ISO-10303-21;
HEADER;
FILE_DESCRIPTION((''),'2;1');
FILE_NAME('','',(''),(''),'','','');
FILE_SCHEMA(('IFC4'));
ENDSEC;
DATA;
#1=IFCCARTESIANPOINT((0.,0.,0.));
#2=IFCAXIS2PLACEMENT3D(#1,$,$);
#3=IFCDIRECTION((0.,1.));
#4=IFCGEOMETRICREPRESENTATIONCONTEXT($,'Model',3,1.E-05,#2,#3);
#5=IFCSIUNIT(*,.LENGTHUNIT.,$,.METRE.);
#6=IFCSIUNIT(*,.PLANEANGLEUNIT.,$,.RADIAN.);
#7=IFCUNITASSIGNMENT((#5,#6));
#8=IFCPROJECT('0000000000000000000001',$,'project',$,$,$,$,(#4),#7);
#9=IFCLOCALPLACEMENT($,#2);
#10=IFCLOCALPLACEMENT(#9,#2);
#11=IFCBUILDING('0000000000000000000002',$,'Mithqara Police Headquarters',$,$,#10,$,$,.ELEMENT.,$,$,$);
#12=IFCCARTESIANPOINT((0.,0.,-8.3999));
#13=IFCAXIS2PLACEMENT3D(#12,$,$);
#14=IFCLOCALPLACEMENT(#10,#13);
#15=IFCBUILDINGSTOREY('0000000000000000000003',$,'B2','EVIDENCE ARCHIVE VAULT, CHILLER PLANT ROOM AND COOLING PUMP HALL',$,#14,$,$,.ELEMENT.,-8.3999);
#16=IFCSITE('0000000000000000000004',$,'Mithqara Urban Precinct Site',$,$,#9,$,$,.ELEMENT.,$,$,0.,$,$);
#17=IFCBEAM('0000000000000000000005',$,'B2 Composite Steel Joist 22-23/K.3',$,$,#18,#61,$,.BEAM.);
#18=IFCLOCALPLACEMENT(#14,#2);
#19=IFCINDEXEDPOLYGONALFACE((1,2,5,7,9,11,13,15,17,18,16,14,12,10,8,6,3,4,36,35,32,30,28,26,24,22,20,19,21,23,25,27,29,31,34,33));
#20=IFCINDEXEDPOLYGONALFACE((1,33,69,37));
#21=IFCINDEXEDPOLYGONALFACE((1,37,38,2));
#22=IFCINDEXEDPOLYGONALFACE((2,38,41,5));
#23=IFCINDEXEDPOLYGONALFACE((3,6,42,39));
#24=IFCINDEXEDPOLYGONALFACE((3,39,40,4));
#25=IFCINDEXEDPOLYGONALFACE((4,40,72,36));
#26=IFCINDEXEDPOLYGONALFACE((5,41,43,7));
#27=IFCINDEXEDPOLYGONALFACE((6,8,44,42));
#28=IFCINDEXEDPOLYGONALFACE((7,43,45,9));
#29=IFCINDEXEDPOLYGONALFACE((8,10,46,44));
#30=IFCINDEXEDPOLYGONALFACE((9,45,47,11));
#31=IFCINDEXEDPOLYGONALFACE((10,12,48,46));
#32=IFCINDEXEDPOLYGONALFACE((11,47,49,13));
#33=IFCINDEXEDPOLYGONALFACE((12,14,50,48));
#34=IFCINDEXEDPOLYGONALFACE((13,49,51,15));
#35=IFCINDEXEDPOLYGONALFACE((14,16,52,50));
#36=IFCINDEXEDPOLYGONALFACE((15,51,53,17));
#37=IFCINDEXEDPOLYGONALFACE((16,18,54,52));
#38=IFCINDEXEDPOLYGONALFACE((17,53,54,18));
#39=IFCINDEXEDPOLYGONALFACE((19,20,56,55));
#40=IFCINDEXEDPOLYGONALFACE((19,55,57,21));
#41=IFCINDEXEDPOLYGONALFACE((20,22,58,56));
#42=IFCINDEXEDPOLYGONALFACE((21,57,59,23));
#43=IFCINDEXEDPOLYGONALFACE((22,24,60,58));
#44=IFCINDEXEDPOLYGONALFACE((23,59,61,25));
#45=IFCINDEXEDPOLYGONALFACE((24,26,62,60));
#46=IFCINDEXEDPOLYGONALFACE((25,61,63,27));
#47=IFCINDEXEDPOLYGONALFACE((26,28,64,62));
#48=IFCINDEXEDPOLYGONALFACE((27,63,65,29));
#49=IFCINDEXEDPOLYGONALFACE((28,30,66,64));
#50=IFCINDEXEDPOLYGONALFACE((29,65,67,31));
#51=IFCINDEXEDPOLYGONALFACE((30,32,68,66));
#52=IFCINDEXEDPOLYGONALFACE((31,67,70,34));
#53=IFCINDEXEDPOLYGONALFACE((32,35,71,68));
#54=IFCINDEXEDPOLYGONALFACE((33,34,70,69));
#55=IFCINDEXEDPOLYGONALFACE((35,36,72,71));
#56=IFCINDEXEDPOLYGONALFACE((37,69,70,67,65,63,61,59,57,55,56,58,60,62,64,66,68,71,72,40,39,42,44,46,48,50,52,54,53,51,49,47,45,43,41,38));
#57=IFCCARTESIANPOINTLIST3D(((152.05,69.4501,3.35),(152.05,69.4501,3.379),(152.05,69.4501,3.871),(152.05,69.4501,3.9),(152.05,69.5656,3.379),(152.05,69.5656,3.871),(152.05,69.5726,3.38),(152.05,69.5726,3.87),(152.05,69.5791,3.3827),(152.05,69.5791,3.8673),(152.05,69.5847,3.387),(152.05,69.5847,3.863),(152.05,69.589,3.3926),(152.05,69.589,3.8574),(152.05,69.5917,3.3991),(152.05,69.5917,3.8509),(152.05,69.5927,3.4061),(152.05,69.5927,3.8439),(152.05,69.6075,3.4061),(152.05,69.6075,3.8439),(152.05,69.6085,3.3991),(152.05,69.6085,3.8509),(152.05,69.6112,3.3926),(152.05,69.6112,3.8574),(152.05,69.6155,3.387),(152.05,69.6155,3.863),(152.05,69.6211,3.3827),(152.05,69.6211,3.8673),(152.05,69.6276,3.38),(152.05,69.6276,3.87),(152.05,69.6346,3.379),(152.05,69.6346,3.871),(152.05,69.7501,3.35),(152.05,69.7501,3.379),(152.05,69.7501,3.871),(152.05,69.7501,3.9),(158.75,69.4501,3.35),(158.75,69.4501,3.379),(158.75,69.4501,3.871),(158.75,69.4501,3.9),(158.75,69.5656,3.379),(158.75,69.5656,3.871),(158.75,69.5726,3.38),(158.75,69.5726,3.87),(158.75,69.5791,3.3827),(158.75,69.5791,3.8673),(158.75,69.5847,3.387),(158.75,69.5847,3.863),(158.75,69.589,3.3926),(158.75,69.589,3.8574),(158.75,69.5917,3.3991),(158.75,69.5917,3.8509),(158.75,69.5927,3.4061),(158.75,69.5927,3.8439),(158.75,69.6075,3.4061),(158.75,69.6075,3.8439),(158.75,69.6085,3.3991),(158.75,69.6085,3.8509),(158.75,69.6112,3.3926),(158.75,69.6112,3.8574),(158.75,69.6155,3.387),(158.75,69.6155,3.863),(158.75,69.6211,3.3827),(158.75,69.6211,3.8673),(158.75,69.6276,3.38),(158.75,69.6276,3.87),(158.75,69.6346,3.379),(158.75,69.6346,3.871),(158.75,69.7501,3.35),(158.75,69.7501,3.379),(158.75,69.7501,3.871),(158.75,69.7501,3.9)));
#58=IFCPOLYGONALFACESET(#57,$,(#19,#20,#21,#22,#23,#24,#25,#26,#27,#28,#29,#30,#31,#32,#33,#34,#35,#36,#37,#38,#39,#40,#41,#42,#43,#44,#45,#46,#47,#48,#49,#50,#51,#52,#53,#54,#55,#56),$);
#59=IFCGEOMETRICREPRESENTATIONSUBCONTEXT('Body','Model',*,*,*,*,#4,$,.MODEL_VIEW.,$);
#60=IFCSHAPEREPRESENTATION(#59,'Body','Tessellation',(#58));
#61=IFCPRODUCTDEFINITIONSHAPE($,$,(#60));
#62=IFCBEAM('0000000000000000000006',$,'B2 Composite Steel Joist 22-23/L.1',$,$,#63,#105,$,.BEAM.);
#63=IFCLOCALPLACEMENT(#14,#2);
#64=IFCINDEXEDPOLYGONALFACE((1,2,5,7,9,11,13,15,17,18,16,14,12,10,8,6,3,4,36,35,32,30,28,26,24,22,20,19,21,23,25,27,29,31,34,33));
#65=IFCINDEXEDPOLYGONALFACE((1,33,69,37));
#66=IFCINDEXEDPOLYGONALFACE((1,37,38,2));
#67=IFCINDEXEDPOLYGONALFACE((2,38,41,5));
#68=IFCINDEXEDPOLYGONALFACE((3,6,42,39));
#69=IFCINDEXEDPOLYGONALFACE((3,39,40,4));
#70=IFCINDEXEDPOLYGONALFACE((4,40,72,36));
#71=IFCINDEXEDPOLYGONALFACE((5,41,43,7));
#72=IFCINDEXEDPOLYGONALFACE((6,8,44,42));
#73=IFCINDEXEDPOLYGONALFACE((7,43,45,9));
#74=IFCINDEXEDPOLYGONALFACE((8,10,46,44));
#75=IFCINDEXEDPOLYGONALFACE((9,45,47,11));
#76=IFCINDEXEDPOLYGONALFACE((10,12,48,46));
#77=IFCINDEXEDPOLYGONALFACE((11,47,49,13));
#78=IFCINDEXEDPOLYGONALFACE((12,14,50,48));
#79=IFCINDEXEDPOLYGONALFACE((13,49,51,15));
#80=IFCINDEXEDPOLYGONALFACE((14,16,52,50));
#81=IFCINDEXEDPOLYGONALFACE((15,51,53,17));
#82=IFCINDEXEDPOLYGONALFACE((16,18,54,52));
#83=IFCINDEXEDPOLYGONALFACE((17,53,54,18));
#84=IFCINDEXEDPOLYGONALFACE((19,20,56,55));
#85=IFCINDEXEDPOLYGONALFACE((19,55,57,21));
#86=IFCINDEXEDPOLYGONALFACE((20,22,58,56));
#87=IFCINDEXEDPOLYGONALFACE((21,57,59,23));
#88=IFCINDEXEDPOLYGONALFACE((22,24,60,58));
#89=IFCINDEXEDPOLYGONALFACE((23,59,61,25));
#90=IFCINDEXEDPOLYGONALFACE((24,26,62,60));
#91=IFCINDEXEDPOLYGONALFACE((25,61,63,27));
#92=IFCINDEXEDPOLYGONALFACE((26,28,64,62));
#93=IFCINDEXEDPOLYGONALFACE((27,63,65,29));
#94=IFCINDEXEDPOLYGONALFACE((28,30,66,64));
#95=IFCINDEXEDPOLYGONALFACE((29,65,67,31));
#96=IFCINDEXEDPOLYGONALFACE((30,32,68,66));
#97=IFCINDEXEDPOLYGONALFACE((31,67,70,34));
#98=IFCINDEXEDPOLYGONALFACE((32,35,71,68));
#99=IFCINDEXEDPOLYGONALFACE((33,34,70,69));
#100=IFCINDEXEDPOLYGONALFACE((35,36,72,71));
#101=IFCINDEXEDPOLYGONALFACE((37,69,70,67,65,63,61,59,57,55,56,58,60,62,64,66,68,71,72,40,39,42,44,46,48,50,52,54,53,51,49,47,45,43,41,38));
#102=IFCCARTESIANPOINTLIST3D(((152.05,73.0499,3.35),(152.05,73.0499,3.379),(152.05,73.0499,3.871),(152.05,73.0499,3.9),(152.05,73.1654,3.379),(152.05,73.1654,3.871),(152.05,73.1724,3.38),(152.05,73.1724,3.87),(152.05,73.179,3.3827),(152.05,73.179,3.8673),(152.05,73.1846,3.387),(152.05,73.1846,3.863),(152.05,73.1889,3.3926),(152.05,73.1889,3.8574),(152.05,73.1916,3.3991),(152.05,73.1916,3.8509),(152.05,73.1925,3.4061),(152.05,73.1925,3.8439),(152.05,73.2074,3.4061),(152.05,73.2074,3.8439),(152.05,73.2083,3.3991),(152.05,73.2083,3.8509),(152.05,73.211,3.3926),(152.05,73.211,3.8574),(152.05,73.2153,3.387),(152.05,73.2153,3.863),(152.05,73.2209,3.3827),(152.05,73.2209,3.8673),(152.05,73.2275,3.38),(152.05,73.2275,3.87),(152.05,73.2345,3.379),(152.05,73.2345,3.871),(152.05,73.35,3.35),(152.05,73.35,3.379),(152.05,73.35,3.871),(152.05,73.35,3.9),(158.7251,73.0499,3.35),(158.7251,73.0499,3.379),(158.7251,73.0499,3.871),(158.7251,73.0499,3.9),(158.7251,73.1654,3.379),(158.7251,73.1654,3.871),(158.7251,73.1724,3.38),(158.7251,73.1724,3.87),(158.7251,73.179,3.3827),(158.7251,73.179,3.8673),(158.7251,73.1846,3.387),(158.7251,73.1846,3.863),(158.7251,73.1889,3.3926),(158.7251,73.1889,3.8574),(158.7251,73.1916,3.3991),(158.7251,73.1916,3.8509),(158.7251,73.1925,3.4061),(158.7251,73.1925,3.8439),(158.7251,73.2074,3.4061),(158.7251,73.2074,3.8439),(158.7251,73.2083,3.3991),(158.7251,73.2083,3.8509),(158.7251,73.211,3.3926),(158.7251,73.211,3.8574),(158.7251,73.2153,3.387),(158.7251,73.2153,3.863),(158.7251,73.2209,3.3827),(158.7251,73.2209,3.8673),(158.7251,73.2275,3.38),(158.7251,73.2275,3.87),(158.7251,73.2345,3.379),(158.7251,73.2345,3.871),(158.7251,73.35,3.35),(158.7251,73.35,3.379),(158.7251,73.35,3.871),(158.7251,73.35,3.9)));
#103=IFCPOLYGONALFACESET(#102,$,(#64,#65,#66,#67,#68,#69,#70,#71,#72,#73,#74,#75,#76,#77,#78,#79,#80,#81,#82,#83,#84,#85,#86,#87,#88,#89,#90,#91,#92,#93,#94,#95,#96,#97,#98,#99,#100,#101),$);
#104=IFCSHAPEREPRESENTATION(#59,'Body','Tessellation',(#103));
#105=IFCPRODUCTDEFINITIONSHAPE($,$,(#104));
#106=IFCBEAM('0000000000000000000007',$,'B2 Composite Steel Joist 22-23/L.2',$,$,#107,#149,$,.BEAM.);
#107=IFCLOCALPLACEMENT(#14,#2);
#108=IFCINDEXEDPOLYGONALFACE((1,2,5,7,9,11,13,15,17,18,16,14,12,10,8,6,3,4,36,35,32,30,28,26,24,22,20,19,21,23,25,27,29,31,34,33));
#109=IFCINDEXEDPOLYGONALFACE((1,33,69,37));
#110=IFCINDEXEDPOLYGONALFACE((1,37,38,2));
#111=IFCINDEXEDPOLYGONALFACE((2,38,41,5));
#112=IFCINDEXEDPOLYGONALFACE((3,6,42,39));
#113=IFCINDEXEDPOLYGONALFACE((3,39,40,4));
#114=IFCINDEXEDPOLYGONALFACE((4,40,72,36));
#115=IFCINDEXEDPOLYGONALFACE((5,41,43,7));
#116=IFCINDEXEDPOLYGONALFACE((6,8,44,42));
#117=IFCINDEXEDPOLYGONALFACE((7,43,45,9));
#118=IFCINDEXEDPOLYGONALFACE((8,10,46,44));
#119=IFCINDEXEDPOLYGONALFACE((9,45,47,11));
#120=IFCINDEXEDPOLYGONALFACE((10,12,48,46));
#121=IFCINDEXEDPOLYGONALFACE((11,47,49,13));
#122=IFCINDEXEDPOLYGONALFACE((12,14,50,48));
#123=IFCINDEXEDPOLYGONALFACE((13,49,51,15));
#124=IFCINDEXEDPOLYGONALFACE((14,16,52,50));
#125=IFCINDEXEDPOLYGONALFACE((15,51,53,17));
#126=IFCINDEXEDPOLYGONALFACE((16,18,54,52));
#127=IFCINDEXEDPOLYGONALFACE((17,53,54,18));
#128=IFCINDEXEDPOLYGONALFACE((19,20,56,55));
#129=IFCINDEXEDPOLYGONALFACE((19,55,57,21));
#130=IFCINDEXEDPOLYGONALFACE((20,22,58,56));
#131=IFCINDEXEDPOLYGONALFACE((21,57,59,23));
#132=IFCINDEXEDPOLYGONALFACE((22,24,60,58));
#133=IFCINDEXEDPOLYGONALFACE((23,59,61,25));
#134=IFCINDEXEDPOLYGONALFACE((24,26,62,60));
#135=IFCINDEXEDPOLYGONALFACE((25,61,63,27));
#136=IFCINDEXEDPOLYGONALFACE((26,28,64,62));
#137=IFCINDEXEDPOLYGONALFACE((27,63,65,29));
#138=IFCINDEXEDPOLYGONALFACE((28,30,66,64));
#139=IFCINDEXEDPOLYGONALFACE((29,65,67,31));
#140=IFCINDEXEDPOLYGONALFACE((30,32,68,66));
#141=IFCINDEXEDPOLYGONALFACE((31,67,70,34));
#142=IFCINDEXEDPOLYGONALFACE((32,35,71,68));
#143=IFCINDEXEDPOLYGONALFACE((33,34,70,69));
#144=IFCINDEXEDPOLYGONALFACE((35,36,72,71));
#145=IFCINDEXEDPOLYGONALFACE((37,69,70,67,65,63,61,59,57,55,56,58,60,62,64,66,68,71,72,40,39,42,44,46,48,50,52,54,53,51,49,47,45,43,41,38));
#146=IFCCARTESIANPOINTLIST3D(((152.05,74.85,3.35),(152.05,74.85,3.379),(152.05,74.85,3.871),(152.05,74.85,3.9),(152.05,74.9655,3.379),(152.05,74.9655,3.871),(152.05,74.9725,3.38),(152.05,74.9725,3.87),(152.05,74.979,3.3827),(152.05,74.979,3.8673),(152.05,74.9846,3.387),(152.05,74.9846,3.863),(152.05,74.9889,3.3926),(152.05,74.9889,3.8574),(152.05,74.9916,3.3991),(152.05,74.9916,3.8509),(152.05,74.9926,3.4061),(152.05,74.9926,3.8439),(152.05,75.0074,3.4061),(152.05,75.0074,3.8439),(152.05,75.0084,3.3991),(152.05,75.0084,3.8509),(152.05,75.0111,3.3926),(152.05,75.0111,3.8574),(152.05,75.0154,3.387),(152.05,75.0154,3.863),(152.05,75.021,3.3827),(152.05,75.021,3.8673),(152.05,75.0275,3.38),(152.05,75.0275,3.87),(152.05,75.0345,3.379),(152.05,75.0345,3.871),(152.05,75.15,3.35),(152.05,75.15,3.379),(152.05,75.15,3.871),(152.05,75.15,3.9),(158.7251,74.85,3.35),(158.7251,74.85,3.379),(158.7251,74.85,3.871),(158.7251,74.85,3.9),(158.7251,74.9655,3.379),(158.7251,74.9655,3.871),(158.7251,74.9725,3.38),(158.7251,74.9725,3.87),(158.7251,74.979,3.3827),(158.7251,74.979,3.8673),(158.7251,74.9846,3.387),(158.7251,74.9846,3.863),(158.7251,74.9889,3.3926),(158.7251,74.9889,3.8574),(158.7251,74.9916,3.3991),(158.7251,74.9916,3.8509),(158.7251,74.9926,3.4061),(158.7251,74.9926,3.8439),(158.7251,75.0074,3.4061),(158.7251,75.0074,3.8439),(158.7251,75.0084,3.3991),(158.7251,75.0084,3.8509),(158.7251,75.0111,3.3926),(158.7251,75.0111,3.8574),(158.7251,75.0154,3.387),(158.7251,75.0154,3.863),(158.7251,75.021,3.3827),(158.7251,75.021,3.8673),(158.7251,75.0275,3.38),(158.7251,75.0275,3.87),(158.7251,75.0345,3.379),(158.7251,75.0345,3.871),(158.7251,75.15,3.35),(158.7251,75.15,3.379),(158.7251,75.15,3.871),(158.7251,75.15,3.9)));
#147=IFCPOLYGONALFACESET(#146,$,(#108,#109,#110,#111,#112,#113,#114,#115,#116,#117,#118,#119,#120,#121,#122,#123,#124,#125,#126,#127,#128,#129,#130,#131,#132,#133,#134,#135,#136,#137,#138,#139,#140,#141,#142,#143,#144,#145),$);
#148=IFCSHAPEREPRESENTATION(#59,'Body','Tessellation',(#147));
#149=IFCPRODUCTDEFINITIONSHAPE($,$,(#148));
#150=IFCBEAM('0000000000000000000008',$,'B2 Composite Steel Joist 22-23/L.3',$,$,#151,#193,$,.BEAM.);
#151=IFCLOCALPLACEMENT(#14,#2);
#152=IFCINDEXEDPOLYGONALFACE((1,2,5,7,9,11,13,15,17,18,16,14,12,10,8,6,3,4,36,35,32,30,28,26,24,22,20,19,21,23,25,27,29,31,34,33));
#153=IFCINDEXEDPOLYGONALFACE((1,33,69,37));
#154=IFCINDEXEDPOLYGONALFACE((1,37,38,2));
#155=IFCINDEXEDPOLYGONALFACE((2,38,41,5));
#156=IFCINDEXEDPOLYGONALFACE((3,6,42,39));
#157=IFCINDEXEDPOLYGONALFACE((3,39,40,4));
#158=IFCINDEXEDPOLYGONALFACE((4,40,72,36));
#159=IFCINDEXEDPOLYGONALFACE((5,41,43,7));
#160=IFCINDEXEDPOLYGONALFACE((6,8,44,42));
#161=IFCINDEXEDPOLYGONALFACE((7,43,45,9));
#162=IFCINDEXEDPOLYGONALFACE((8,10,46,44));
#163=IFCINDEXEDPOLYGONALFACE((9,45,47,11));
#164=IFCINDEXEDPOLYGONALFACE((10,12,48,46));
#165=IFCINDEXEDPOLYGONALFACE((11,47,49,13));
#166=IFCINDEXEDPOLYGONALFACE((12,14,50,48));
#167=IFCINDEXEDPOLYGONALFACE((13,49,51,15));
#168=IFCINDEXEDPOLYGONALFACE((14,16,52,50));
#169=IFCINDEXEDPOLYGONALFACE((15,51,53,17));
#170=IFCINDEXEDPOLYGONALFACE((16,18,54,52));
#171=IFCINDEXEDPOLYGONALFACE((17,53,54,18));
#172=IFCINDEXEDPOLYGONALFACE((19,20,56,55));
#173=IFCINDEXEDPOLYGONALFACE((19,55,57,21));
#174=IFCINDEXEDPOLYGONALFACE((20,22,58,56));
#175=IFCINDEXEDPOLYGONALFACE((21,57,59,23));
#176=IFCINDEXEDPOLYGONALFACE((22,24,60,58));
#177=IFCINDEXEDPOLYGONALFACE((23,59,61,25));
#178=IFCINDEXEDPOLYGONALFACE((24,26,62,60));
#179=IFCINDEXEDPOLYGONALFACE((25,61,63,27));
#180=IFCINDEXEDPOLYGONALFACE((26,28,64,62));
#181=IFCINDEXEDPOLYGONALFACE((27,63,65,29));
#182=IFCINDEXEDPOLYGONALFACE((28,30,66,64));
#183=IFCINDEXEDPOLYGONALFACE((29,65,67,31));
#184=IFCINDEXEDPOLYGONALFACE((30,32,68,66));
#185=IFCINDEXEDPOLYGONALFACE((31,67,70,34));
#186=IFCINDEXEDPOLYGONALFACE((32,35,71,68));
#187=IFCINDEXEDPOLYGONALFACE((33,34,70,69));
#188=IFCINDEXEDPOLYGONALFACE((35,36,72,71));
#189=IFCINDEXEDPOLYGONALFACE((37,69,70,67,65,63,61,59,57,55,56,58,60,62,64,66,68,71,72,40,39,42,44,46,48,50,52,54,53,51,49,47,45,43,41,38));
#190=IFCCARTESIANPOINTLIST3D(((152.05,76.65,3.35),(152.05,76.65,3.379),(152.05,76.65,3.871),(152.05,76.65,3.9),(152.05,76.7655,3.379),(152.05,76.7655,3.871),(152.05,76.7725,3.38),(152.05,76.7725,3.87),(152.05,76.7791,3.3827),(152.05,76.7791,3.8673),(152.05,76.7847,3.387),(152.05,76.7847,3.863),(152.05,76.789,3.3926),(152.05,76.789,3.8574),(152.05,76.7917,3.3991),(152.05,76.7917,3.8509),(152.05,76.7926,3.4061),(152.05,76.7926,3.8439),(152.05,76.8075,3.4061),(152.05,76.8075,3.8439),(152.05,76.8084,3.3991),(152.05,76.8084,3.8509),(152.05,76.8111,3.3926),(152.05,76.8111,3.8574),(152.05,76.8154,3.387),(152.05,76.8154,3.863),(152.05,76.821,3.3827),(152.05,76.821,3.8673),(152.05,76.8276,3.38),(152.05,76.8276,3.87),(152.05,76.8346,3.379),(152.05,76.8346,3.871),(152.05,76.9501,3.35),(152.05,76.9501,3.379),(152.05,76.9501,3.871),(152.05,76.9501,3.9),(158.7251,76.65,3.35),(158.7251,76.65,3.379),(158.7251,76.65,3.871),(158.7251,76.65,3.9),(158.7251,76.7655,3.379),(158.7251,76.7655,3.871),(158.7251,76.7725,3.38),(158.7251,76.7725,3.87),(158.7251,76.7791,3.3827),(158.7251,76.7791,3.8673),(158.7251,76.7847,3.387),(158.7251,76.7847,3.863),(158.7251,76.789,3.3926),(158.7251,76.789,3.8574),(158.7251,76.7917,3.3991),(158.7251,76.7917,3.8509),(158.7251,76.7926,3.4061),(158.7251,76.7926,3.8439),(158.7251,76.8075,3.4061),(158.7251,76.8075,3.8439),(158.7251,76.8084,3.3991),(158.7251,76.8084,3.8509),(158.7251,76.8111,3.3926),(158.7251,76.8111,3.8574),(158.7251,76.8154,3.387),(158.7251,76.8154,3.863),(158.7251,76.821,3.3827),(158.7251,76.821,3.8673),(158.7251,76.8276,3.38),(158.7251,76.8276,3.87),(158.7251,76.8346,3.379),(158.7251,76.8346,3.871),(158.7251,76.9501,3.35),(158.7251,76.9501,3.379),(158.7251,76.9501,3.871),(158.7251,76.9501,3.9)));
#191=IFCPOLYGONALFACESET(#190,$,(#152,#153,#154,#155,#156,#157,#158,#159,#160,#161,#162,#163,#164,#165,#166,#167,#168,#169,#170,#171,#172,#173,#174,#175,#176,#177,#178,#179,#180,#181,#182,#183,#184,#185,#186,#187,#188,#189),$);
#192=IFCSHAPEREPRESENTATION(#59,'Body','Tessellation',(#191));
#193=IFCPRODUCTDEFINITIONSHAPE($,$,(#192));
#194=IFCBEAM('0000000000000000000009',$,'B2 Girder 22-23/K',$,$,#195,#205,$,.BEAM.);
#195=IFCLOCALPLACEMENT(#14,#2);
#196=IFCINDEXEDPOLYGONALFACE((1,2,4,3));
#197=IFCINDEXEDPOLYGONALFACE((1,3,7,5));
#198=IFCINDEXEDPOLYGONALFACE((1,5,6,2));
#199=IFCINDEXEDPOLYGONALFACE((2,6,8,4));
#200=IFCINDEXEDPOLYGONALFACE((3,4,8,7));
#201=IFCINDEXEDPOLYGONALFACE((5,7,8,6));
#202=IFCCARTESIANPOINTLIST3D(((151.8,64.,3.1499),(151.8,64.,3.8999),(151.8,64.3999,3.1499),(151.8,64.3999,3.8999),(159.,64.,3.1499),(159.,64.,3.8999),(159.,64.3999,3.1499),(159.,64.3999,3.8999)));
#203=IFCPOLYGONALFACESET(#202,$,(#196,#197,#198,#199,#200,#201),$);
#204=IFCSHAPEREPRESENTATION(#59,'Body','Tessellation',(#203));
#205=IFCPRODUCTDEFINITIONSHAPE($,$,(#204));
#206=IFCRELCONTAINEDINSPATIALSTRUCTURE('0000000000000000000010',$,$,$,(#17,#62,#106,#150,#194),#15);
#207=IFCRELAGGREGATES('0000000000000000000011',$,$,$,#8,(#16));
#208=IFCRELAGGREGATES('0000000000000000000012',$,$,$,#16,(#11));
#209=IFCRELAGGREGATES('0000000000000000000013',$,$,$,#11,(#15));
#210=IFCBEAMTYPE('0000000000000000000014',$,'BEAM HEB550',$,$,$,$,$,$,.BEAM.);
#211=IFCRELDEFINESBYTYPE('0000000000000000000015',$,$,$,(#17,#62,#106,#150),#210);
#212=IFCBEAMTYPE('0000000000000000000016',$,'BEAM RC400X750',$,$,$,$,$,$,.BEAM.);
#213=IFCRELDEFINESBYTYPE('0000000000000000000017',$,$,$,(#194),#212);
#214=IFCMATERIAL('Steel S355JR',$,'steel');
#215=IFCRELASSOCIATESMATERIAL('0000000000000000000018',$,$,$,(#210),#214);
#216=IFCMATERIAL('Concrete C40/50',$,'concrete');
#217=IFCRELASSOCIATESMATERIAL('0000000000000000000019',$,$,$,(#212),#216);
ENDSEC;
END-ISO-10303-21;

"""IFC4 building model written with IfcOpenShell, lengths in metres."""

from ifc_helpers import new_model, si_unit, direction, frame, origin, origin_2d, place, context, subcontext, project, spatial, rectangle, i_section, extrude, material, material_profile, profile_set, type_object, element, save


model = new_model("IFC4")

# Units and contexts
model_context = context("Model", 3, precision=1e-05, world=origin(), true_north=direction((0.0, 1.0)))
body_context = subcontext(model_context, "Body", "Model", "MODEL_VIEW")
ifc_project = project(units=[si_unit("LENGTHUNIT", "METRE"), si_unit("PLANEANGLEUNIT", "RADIAN")], contexts=[model_context])

# Site, building, storey
site_placement = place(None, origin())
site = spatial("IfcSite", under=ifc_project, at=site_placement, Name="Mithqara Urban Precinct Site", CompositionType="ELEMENT", RefElevation=0.0)
building_placement = place(site_placement, origin())
building = spatial("IfcBuilding", under=site, at=building_placement, Name="Mithqara Police Headquarters", CompositionType="ELEMENT")
storey_placement = place(building_placement, frame((0.0, 0.0, -8.3999)))
storey = spatial("IfcBuildingStorey", under=building, at=storey_placement, Name="B2", Description="EVIDENCE ARCHIVE VAULT, CHILLER PLANT ROOM AND COOLING PUMP HALL", CompositionType="ELEMENT", Elevation=-8.3999)

# Shared definitions
ifc_material_1 = material(Name="Concrete C40/50", Category="concrete")

# Beams
ifc_material_2 = material(Name="Steel S355JR", Category="steel")
ifc_material_profile_1 = material_profile(ifc_material_2, i_section(OverallWidth=0.3, OverallDepth=0.55, WebThickness=0.0149, FlangeThickness=0.0291, FilletRadius=0.0271, at=origin_2d()), Name="HEB 550")
ifc_profile_set_1 = profile_set([ifc_material_profile_1], Name="Steel S355JR")
beam_type_1 = type_object("IfcBeamType", Name="BEAM HEB550", PredefinedType="BEAM", material=ifc_profile_set_1)
for number, where, z_axis, x_axis, name in (
    (1, (152.05, 69.6001, 3.625), (1.0, 0.0, 0.0), (0.0, 1.0, 0.0), "B2 Composite Steel Joist 22-23/K.3"),
):
    element("IfcBeam", number, at=place(storey_placement, frame(where, z_axis=z_axis, x_axis=x_axis)), inside=storey, type_object=beam_type_1, Name=name, PredefinedType="BEAM", context=body_context, shape_type="SweptSolid", body=[
        extrude(i_section(OverallWidth=0.3, OverallDepth=0.55, WebThickness=0.0149, FlangeThickness=0.0291, FilletRadius=0.0271, at=origin_2d()), origin(), (0.0, 0.0, 1.0), 6.7),
    ])
for number, where, z_axis, x_axis, name in (
    (2, (152.05, 73.2, 3.625), (1.0, 0.0, 0.0), (0.0, 1.0, 0.0), "B2 Composite Steel Joist 22-23/L.1"),
    (3, (152.05, 75.0, 3.625), (1.0, 0.0, 0.0), (0.0, 1.0, 0.0), "B2 Composite Steel Joist 22-23/L.2"),
    (4, (152.05, 76.8, 3.625), (1.0, 0.0, 0.0), (0.0, 1.0, 0.0), "B2 Composite Steel Joist 22-23/L.3"),
):
    element("IfcBeam", number, at=place(storey_placement, frame(where, z_axis=z_axis, x_axis=x_axis)), inside=storey, type_object=beam_type_1, Name=name, PredefinedType="BEAM", context=body_context, shape_type="SweptSolid", body=[
        extrude(i_section(OverallWidth=0.3, OverallDepth=0.55, WebThickness=0.0149, FlangeThickness=0.0291, FilletRadius=0.0271, at=origin_2d()), origin(), (0.0, 0.0, 1.0), 6.675),
    ])
ifc_material_profile_2 = material_profile(ifc_material_1, rectangle(XDim=0.3999, YDim=0.75, at=origin_2d()), Name="RC 400x750")
ifc_profile_set_2 = profile_set([ifc_material_profile_2], Name="Concrete C40/50")
beam_type_2 = type_object("IfcBeamType", Name="BEAM RC400X750", PredefinedType="BEAM", material=ifc_profile_set_2)
beam_1_placement = place(storey_placement, frame((151.8, 64.2, 3.5249), z_axis=(1.0, 0.0, 0.0), x_axis=(0.0, 1.0, 0.0)))
element("IfcBeam", 5, at=beam_1_placement, inside=storey, type_object=beam_type_2, Name="B2 Girder 22-23/K", PredefinedType="BEAM", context=body_context, shape_type="SweptSolid", body=[
    extrude(rectangle(XDim=0.3999, YDim=0.75, at=origin_2d()), origin(), (0.0, 0.0, 1.0), 7.2),
])

save(model, "model.ifc")
